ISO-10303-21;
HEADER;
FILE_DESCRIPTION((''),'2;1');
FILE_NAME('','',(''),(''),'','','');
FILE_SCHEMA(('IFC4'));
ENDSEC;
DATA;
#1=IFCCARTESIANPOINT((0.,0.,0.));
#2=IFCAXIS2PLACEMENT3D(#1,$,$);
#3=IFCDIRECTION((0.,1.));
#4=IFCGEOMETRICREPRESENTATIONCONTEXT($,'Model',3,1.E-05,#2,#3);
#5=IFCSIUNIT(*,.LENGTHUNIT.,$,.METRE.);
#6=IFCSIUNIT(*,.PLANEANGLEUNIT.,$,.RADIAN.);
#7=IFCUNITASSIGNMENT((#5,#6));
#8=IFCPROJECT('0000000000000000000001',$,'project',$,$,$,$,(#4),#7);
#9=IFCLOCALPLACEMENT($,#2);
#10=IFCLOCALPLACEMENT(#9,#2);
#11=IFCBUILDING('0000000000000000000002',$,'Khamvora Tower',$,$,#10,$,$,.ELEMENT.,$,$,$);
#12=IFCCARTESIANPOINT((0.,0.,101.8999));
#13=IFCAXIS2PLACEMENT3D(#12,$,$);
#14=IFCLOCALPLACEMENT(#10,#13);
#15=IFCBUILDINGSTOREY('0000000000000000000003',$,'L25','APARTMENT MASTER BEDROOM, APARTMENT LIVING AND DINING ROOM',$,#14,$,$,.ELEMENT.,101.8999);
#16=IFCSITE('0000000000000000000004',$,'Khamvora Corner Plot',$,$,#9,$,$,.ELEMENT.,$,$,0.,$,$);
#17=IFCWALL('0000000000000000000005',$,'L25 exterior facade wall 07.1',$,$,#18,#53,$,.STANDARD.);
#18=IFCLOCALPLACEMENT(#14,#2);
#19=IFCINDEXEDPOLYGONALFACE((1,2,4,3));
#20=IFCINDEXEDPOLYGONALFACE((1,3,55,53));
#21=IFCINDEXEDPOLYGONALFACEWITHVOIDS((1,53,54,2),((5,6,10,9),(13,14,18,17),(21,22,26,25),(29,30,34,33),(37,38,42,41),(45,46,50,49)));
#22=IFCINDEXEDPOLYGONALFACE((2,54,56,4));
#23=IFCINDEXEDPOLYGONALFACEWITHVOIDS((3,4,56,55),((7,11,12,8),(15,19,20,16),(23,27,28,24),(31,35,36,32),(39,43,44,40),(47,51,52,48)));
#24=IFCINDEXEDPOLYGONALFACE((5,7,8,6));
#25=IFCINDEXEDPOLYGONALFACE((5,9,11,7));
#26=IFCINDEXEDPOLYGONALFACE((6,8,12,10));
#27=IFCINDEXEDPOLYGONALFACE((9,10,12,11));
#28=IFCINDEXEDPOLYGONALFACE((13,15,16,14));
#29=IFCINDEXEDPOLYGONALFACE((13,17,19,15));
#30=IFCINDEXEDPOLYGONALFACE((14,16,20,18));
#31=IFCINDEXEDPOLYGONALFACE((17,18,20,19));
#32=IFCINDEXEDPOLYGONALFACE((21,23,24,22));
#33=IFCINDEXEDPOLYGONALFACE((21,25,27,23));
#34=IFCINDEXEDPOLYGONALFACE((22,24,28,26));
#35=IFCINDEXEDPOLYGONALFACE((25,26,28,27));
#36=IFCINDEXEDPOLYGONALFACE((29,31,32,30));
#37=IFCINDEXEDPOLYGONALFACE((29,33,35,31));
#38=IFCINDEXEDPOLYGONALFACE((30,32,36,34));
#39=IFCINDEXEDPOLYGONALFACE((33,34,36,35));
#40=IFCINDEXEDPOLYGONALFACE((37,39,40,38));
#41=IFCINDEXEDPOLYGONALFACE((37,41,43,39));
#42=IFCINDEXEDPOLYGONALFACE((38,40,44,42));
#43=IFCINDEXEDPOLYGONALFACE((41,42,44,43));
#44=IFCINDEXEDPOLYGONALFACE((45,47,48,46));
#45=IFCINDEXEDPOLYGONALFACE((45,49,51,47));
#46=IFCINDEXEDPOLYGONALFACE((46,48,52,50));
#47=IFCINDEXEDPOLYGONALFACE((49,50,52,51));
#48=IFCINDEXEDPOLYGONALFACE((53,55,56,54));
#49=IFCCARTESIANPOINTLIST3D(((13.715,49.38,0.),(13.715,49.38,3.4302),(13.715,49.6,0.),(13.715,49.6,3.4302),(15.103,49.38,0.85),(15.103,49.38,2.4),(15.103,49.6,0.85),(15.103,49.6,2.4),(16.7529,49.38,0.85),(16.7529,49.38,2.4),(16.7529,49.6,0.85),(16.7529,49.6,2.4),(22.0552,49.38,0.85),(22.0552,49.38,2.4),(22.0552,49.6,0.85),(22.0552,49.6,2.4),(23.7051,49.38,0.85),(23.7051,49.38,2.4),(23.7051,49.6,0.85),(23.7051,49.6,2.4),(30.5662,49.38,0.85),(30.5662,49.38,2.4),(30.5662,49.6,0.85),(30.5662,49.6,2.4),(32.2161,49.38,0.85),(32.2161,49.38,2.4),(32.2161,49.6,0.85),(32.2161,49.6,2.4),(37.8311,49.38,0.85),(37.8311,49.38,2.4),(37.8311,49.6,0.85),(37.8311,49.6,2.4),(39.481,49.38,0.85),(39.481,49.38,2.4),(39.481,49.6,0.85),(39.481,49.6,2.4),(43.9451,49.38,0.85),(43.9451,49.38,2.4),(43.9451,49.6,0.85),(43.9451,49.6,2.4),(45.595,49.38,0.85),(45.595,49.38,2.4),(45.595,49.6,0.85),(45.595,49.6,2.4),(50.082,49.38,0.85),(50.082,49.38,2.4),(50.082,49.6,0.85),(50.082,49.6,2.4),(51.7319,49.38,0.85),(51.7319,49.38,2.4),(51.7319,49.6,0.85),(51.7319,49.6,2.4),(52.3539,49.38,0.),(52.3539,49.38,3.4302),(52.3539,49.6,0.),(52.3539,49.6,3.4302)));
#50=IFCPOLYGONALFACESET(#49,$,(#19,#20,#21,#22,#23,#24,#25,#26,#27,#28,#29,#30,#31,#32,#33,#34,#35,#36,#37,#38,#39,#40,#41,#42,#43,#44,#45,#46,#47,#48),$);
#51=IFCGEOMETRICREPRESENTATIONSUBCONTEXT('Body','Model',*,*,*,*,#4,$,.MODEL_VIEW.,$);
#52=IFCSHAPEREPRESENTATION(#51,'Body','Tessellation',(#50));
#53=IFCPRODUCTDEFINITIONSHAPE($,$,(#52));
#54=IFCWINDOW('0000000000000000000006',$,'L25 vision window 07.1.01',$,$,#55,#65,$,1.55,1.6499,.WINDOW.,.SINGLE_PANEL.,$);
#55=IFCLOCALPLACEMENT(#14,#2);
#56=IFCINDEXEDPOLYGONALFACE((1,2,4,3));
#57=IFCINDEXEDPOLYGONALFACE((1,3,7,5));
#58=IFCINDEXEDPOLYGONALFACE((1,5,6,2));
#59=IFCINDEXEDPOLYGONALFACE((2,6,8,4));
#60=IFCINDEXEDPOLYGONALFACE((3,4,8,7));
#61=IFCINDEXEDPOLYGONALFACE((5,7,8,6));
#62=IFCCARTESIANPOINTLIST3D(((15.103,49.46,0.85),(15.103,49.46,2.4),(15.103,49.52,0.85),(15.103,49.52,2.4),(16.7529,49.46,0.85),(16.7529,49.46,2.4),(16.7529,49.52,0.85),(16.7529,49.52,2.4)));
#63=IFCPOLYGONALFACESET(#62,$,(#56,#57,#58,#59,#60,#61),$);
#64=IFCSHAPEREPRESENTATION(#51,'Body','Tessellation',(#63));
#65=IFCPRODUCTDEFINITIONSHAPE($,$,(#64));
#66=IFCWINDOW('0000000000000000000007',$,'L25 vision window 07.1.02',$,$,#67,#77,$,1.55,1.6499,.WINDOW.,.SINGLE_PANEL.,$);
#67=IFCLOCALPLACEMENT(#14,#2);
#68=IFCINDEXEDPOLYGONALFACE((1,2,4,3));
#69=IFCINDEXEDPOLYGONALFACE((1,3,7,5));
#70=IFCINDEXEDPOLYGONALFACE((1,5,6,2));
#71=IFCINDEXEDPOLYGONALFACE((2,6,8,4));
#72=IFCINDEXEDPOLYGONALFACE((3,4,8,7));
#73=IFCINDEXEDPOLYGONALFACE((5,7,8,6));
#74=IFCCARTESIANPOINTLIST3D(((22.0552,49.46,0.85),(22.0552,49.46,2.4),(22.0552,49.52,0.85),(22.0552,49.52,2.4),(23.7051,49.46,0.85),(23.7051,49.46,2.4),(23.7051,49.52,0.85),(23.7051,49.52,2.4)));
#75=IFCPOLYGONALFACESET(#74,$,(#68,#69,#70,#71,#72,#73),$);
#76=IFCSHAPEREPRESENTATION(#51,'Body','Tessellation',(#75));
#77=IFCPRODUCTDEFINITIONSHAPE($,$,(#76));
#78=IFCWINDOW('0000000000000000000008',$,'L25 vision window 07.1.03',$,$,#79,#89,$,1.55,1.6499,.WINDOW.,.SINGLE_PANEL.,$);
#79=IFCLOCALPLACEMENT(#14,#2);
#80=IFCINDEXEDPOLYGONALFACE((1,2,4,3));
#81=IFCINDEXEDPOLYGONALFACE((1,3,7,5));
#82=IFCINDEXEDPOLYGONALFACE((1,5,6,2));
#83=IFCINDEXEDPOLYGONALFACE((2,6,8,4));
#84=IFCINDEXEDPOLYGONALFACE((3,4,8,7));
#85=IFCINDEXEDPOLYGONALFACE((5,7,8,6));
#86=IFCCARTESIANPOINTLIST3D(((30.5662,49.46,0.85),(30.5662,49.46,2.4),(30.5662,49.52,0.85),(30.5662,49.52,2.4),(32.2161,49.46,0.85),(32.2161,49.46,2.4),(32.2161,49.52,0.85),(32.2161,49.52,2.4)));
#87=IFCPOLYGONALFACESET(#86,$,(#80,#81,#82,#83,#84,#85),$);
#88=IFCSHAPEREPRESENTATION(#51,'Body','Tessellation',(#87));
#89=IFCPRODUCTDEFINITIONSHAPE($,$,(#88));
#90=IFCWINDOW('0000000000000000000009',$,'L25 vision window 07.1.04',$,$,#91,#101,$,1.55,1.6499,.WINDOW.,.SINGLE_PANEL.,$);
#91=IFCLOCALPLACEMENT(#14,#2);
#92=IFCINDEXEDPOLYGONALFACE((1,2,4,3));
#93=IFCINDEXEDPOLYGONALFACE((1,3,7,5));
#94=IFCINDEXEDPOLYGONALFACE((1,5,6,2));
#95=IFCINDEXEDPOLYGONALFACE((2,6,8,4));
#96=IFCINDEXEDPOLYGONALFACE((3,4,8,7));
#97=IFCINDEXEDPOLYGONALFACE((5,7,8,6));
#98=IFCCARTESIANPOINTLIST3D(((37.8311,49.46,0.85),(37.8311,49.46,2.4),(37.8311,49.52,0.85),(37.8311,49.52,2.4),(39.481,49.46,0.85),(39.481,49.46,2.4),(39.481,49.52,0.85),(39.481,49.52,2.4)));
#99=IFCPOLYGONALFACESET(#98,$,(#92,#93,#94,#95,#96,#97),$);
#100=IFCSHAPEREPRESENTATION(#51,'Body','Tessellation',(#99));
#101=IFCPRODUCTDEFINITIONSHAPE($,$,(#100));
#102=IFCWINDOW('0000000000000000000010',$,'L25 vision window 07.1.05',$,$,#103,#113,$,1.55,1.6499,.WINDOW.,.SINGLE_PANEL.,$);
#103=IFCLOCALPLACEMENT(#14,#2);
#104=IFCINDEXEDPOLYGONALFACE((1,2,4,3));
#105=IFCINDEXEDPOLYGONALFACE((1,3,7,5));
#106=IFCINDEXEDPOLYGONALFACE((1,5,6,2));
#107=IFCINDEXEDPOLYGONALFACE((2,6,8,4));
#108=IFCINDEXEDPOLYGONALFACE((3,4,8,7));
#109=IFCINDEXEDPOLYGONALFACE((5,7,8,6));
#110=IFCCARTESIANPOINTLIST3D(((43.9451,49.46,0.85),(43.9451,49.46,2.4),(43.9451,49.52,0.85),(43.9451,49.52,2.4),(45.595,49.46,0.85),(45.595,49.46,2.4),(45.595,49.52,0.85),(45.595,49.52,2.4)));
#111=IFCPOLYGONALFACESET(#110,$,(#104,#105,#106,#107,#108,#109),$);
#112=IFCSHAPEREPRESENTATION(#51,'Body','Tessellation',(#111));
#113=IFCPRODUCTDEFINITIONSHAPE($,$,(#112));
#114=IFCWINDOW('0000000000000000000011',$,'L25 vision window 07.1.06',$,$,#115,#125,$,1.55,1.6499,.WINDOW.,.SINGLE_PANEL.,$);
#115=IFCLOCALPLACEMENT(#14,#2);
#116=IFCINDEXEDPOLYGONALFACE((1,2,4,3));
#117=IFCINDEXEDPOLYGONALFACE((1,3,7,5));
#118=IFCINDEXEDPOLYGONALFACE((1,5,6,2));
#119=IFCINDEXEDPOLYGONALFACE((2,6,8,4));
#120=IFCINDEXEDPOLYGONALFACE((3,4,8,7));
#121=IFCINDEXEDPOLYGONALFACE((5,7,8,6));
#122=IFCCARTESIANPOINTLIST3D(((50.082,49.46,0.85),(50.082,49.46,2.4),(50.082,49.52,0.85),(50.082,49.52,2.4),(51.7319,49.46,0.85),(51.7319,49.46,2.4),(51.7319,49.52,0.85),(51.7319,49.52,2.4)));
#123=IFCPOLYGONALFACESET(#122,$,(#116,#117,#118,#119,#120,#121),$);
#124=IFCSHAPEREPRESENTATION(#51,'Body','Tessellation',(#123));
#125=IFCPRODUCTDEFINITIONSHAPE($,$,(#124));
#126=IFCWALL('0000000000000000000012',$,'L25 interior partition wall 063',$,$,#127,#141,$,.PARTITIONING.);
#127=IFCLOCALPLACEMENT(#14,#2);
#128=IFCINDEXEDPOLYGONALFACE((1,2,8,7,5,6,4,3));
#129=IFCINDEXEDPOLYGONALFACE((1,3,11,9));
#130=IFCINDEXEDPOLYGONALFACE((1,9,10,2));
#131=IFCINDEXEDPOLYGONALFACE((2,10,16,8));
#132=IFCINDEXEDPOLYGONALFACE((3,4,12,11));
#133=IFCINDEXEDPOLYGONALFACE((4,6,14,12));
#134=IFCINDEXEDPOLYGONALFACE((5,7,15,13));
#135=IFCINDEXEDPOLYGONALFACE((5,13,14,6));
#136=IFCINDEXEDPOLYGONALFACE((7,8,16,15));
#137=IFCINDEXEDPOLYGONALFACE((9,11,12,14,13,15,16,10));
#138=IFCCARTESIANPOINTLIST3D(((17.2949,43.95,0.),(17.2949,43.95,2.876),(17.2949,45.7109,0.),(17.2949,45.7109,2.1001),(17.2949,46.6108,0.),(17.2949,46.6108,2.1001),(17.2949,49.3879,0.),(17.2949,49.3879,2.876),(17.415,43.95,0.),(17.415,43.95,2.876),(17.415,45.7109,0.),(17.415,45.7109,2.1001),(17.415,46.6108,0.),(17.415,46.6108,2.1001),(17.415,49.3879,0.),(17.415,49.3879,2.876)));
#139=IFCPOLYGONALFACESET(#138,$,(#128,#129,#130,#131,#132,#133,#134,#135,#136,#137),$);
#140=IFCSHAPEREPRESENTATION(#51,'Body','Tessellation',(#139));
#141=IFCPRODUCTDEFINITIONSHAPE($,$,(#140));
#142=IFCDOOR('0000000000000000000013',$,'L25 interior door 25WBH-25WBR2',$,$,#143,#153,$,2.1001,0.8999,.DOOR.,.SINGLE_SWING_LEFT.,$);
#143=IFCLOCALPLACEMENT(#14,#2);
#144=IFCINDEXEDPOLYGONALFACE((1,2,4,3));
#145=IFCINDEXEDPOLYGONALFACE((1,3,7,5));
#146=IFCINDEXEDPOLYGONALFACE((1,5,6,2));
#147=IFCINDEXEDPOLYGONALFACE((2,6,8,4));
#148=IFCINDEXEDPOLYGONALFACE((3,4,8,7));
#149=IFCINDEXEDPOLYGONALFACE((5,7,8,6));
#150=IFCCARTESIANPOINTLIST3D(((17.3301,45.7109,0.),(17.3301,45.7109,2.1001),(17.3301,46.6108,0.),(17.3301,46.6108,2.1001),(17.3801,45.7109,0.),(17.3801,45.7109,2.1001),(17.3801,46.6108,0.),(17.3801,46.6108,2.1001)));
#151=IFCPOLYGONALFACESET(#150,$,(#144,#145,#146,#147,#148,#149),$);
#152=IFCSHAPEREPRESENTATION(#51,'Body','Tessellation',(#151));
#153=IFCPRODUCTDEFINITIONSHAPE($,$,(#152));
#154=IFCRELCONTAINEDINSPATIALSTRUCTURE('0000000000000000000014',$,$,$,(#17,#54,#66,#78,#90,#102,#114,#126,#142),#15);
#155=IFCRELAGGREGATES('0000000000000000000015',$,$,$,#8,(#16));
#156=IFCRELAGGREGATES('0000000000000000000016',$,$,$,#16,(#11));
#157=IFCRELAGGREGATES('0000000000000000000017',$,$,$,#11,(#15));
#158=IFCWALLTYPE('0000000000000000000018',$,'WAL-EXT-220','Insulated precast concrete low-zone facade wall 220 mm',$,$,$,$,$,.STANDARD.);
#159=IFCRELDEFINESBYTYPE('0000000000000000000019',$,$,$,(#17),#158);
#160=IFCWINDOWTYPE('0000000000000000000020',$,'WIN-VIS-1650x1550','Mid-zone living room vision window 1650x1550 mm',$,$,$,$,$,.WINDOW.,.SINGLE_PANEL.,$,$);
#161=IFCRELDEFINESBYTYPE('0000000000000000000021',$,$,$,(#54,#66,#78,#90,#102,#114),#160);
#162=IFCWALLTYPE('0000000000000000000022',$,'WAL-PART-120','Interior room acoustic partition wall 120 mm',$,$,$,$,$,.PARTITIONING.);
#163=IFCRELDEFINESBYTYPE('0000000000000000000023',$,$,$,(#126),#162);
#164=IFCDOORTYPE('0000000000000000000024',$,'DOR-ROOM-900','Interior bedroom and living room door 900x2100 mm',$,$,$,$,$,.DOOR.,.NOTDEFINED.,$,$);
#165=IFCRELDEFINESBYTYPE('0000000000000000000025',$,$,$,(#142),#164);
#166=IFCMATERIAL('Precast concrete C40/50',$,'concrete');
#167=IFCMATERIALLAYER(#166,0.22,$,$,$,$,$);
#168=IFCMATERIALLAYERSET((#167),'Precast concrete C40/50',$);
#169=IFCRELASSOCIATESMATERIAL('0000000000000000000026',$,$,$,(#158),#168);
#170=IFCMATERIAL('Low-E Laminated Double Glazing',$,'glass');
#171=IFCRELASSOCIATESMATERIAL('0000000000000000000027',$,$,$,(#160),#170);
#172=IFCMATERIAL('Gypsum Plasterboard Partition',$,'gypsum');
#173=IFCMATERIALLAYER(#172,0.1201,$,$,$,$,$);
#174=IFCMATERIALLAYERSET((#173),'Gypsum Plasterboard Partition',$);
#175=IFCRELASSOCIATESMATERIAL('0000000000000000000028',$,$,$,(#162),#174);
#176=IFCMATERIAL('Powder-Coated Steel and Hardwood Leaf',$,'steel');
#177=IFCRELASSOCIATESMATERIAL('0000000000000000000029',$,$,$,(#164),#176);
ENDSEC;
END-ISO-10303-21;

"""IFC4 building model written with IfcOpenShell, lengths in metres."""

from ifc_helpers import new_model, si_unit, direction, frame, frame_2d, origin, place, context, subcontext, project, spatial, rectangle, extrude, material, layer, layer_set, type_object, element, fill, save


model = new_model("IFC4")

# Units and contexts
model_context = context("Model", 3, precision=1e-05, world=origin(), true_north=direction((0.0, 1.0)))
body_context = subcontext(model_context, "Body", "Model", "MODEL_VIEW")
ifc_project = project(units=[si_unit("LENGTHUNIT", "METRE"), si_unit("PLANEANGLEUNIT", "RADIAN")], contexts=[model_context])

# Site, building, storey
site_placement = place(None, origin())
site = spatial("IfcSite", under=ifc_project, at=site_placement, Name="Khamvora Corner Plot", CompositionType="ELEMENT", RefElevation=0.0)
building_placement = place(site_placement, origin())
building = spatial("IfcBuilding", under=site, at=building_placement, Name="Khamvora Tower", CompositionType="ELEMENT")
storey_placement = place(building_placement, frame((0.0, 0.0, 101.8999)))
storey = spatial("IfcBuildingStorey", under=building, at=storey_placement, Name="L25", Description="APARTMENT MASTER BEDROOM, APARTMENT LIVING AND DINING ROOM", CompositionType="ELEMENT", Elevation=101.8999)

# Shared definitions
ifc_material_1 = material(Name="Precast concrete C40/50", Category="concrete")
ifc_layer_1 = layer(ifc_material_1, 0.22)
ifc_layer_set_1 = layer_set([ifc_layer_1], Name="Precast concrete C40/50")
wall_type_1 = type_object("IfcWallType", Name="WAL-EXT-220", Description="Insulated precast concrete low-zone facade wall 220 mm", PredefinedType="STANDARD", material=ifc_layer_set_1)

# Wall, openings, windows
wall_1_placement = place(storey_placement, frame((13.7151, 49.49, 0.0), z_axis=(0.0, 0.0, 1.0), x_axis=(1.0, 0.0, 0.0)))
wall_1 = element("IfcWall", 1, at=wall_1_placement, inside=storey, type_object=wall_type_1, Name="L25 exterior facade wall 07.1", PredefinedType="STANDARD", context=body_context, shape_type="SweptSolid", body=[
    extrude(rectangle(XDim=38.6389, YDim=0.22, at=frame_2d((19.3193, 0.0))), origin(), (0.0, 0.0, 1.0), 3.4302),
])
opening_1_placement = place(wall_1_placement, frame((1.3879, 0.0, 0.8501)))
opening_1 = element("IfcOpeningElement", 2, at=opening_1_placement, cuts=wall_1, PredefinedType="OPENING", context=body_context, shape_type="SweptSolid", body=[
    extrude(rectangle(XDim=1.6499, YDim=1.55, at=frame_2d((0.825, 0.7749))), frame((0.0, 0.1199, 0.0), z_axis=(0.0, -1.0, 0.0), x_axis=(1.0, 0.0, 0.0)), (0.0, 0.0, 1.0), 0.24),
])
opening_2_placement = place(wall_1_placement, frame((8.3401, 0.0, 0.8501)))
opening_2 = element("IfcOpeningElement", 3, at=opening_2_placement, cuts=wall_1, PredefinedType="OPENING", context=body_context, shape_type="SweptSolid", body=[
    extrude(rectangle(XDim=1.6499, YDim=1.55, at=frame_2d((0.825, 0.7749))), frame((0.0, 0.1199, 0.0), z_axis=(0.0, -1.0, 0.0), x_axis=(1.0, 0.0, 0.0)), (0.0, 0.0, 1.0), 0.24),
])
opening_3_placement = place(wall_1_placement, frame((16.8511, 0.0, 0.8501)))
opening_3 = element("IfcOpeningElement", 4, at=opening_3_placement, cuts=wall_1, PredefinedType="OPENING", context=body_context, shape_type="SweptSolid", body=[
    extrude(rectangle(XDim=1.6499, YDim=1.55, at=frame_2d((0.825, 0.7749))), frame((0.0, 0.1199, 0.0), z_axis=(0.0, -1.0, 0.0), x_axis=(1.0, 0.0, 0.0)), (0.0, 0.0, 1.0), 0.24),
])
opening_4_placement = place(wall_1_placement, frame((24.116, 0.0, 0.8501)))
opening_4 = element("IfcOpeningElement", 5, at=opening_4_placement, cuts=wall_1, PredefinedType="OPENING", context=body_context, shape_type="SweptSolid", body=[
    extrude(rectangle(XDim=1.6499, YDim=1.55, at=frame_2d((0.825, 0.7749))), frame((0.0, 0.1199, 0.0), z_axis=(0.0, -1.0, 0.0), x_axis=(1.0, 0.0, 0.0)), (0.0, 0.0, 1.0), 0.24),
])
opening_5_placement = place(wall_1_placement, frame((30.23, 0.0, 0.8501)))
opening_5 = element("IfcOpeningElement", 6, at=opening_5_placement, cuts=wall_1, PredefinedType="OPENING", context=body_context, shape_type="SweptSolid", body=[
    extrude(rectangle(XDim=1.6499, YDim=1.55, at=frame_2d((0.825, 0.7749))), frame((0.0, 0.1199, 0.0), z_axis=(0.0, -1.0, 0.0), x_axis=(1.0, 0.0, 0.0)), (0.0, 0.0, 1.0), 0.24),
])
opening_6_placement = place(wall_1_placement, frame((36.3669, 0.0, 0.8501)))
opening_6 = element("IfcOpeningElement", 7, at=opening_6_placement, cuts=wall_1, PredefinedType="OPENING", context=body_context, shape_type="SweptSolid", body=[
    extrude(rectangle(XDim=1.6499, YDim=1.55, at=frame_2d((0.825, 0.7749))), frame((0.0, 0.1199, 0.0), z_axis=(0.0, -1.0, 0.0), x_axis=(1.0, 0.0, 0.0)), (0.0, 0.0, 1.0), 0.24),
])
ifc_material_2 = material(Name="Low-E Laminated Double Glazing", Category="glass")
window_type = type_object("IfcWindowType", Name="WIN-VIS-1650x1550", Description="Mid-zone living room vision window 1650x1550 mm", PartitioningType="SINGLE_PANEL", PredefinedType="WINDOW", material=ifc_material_2)
window_1_placement = place(opening_1_placement, origin())
window_1 = element("IfcWindow", 8, at=window_1_placement, inside=storey, type_object=window_type, Name="L25 vision window 07.1.01", OverallHeight=1.55, OverallWidth=1.6499, PartitioningType="SINGLE_PANEL", PredefinedType="WINDOW", context=body_context, shape_type="SweptSolid", body=[
    extrude(rectangle(XDim=1.6499, YDim=1.55, at=frame_2d((0.825, 0.7749))), frame((0.0, 0.03, 0.0), z_axis=(0.0, -1.0, 0.0), x_axis=(1.0, 0.0, 0.0)), (0.0, 0.0, 1.0), 0.0601),
])
fill(opening_1, window_1)
window_2_placement = place(opening_2_placement, origin())
window_2 = element("IfcWindow", 9, at=window_2_placement, inside=storey, type_object=window_type, Name="L25 vision window 07.1.02", OverallHeight=1.55, OverallWidth=1.6499, PartitioningType="SINGLE_PANEL", PredefinedType="WINDOW", context=body_context, shape_type="SweptSolid", body=[
    extrude(rectangle(XDim=1.6499, YDim=1.55, at=frame_2d((0.825, 0.7749))), frame((0.0, 0.03, 0.0), z_axis=(0.0, -1.0, 0.0), x_axis=(1.0, 0.0, 0.0)), (0.0, 0.0, 1.0), 0.0601),
])
fill(opening_2, window_2)
window_3_placement = place(opening_3_placement, origin())
window_3 = element("IfcWindow", 10, at=window_3_placement, inside=storey, type_object=window_type, Name="L25 vision window 07.1.03", OverallHeight=1.55, OverallWidth=1.6499, PartitioningType="SINGLE_PANEL", PredefinedType="WINDOW", context=body_context, shape_type="SweptSolid", body=[
    extrude(rectangle(XDim=1.6499, YDim=1.55, at=frame_2d((0.825, 0.7749))), frame((0.0, 0.03, 0.0), z_axis=(0.0, -1.0, 0.0), x_axis=(1.0, 0.0, 0.0)), (0.0, 0.0, 1.0), 0.0601),
])
fill(opening_3, window_3)
window_4_placement = place(opening_4_placement, origin())
window_4 = element("IfcWindow", 11, at=window_4_placement, inside=storey, type_object=window_type, Name="L25 vision window 07.1.04", OverallHeight=1.55, OverallWidth=1.6499, PartitioningType="SINGLE_PANEL", PredefinedType="WINDOW", context=body_context, shape_type="SweptSolid", body=[
    extrude(rectangle(XDim=1.6499, YDim=1.55, at=frame_2d((0.825, 0.7749))), frame((0.0, 0.03, 0.0), z_axis=(0.0, -1.0, 0.0), x_axis=(1.0, 0.0, 0.0)), (0.0, 0.0, 1.0), 0.0601),
])
fill(opening_4, window_4)
window_5_placement = place(opening_5_placement, origin())
window_5 = element("IfcWindow", 12, at=window_5_placement, inside=storey, type_object=window_type, Name="L25 vision window 07.1.05", OverallHeight=1.55, OverallWidth=1.6499, PartitioningType="SINGLE_PANEL", PredefinedType="WINDOW", context=body_context, shape_type="SweptSolid", body=[
    extrude(rectangle(XDim=1.6499, YDim=1.55, at=frame_2d((0.825, 0.7749))), frame((0.0, 0.03, 0.0), z_axis=(0.0, -1.0, 0.0), x_axis=(1.0, 0.0, 0.0)), (0.0, 0.0, 1.0), 0.0601),
])
fill(opening_5, window_5)
window_6_placement = place(opening_6_placement, origin())
window_6 = element("IfcWindow", 13, at=window_6_placement, inside=storey, type_object=window_type, Name="L25 vision window 07.1.06", OverallHeight=1.55, OverallWidth=1.6499, PartitioningType="SINGLE_PANEL", PredefinedType="WINDOW", context=body_context, shape_type="SweptSolid", body=[
    extrude(rectangle(XDim=1.6499, YDim=1.55, at=frame_2d((0.825, 0.7749))), frame((0.0, 0.03, 0.0), z_axis=(0.0, -1.0, 0.0), x_axis=(1.0, 0.0, 0.0)), (0.0, 0.0, 1.0), 0.0601),
])
fill(opening_6, window_6)

# Wall, opening, door
ifc_material_3 = material(Name="Gypsum Plasterboard Partition", Category="gypsum")
ifc_layer_2 = layer(ifc_material_3, 0.1201)
ifc_layer_set_2 = layer_set([ifc_layer_2], Name="Gypsum Plasterboard Partition")
wall_type_2 = type_object("IfcWallType", Name="WAL-PART-120", Description="Interior room acoustic partition wall 120 mm", PredefinedType="PARTITIONING", material=ifc_layer_set_2)
wall_2_placement = place(storey_placement, frame((17.355, 43.95, 0.0), z_axis=(0.0, 0.0, 1.0), x_axis=(0.0, 1.0, 0.0)))
wall_2 = element("IfcWall", 14, at=wall_2_placement, inside=storey, type_object=wall_type_2, Name="L25 interior partition wall 063", PredefinedType="PARTITIONING", context=body_context, shape_type="SweptSolid", body=[
    extrude(rectangle(XDim=5.438, YDim=0.1201, at=frame_2d((2.719, 0.0))), origin(), (0.0, 0.0, 1.0), 2.876),
])
opening_7_placement = place(wall_2_placement, frame((1.761, 0.0, 0.0)))
opening_7 = element("IfcOpeningElement", 15, at=opening_7_placement, cuts=wall_2, PredefinedType="OPENING", context=body_context, shape_type="SweptSolid", body=[
    extrude(rectangle(XDim=0.8999, YDim=2.1001, at=frame_2d((0.45, 1.05))), frame((0.0, 0.0701, 0.0), z_axis=(0.0, -1.0, 0.0), x_axis=(1.0, 0.0, 0.0)), (0.0, 0.0, 1.0), 0.1401),
])
ifc_material_4 = material(Name="Powder-Coated Steel and Hardwood Leaf", Category="steel")
door_type = type_object("IfcDoorType", Name="DOR-ROOM-900", Description="Interior bedroom and living room door 900x2100 mm", OperationType="NOTDEFINED", PredefinedType="DOOR", material=ifc_material_4)
door_1_placement = place(opening_7_placement, origin())
door_1 = element("IfcDoor", 16, at=door_1_placement, inside=storey, type_object=door_type, Name="L25 interior door 25WBH-25WBR2", OperationType="SINGLE_SWING_LEFT", OverallHeight=2.1001, OverallWidth=0.8999, PredefinedType="DOOR", context=body_context, shape_type="SweptSolid", body=[
    extrude(rectangle(XDim=0.8999, YDim=2.1001, at=frame_2d((0.45, 1.05))), frame((0.0, 0.0249, 0.0), z_axis=(0.0, -1.0, 0.0), x_axis=(1.0, 0.0, 0.0)), (0.0, 0.0, 1.0), 0.05),
])
fill(opening_7, door_1)

save(model, "model.ifc")
